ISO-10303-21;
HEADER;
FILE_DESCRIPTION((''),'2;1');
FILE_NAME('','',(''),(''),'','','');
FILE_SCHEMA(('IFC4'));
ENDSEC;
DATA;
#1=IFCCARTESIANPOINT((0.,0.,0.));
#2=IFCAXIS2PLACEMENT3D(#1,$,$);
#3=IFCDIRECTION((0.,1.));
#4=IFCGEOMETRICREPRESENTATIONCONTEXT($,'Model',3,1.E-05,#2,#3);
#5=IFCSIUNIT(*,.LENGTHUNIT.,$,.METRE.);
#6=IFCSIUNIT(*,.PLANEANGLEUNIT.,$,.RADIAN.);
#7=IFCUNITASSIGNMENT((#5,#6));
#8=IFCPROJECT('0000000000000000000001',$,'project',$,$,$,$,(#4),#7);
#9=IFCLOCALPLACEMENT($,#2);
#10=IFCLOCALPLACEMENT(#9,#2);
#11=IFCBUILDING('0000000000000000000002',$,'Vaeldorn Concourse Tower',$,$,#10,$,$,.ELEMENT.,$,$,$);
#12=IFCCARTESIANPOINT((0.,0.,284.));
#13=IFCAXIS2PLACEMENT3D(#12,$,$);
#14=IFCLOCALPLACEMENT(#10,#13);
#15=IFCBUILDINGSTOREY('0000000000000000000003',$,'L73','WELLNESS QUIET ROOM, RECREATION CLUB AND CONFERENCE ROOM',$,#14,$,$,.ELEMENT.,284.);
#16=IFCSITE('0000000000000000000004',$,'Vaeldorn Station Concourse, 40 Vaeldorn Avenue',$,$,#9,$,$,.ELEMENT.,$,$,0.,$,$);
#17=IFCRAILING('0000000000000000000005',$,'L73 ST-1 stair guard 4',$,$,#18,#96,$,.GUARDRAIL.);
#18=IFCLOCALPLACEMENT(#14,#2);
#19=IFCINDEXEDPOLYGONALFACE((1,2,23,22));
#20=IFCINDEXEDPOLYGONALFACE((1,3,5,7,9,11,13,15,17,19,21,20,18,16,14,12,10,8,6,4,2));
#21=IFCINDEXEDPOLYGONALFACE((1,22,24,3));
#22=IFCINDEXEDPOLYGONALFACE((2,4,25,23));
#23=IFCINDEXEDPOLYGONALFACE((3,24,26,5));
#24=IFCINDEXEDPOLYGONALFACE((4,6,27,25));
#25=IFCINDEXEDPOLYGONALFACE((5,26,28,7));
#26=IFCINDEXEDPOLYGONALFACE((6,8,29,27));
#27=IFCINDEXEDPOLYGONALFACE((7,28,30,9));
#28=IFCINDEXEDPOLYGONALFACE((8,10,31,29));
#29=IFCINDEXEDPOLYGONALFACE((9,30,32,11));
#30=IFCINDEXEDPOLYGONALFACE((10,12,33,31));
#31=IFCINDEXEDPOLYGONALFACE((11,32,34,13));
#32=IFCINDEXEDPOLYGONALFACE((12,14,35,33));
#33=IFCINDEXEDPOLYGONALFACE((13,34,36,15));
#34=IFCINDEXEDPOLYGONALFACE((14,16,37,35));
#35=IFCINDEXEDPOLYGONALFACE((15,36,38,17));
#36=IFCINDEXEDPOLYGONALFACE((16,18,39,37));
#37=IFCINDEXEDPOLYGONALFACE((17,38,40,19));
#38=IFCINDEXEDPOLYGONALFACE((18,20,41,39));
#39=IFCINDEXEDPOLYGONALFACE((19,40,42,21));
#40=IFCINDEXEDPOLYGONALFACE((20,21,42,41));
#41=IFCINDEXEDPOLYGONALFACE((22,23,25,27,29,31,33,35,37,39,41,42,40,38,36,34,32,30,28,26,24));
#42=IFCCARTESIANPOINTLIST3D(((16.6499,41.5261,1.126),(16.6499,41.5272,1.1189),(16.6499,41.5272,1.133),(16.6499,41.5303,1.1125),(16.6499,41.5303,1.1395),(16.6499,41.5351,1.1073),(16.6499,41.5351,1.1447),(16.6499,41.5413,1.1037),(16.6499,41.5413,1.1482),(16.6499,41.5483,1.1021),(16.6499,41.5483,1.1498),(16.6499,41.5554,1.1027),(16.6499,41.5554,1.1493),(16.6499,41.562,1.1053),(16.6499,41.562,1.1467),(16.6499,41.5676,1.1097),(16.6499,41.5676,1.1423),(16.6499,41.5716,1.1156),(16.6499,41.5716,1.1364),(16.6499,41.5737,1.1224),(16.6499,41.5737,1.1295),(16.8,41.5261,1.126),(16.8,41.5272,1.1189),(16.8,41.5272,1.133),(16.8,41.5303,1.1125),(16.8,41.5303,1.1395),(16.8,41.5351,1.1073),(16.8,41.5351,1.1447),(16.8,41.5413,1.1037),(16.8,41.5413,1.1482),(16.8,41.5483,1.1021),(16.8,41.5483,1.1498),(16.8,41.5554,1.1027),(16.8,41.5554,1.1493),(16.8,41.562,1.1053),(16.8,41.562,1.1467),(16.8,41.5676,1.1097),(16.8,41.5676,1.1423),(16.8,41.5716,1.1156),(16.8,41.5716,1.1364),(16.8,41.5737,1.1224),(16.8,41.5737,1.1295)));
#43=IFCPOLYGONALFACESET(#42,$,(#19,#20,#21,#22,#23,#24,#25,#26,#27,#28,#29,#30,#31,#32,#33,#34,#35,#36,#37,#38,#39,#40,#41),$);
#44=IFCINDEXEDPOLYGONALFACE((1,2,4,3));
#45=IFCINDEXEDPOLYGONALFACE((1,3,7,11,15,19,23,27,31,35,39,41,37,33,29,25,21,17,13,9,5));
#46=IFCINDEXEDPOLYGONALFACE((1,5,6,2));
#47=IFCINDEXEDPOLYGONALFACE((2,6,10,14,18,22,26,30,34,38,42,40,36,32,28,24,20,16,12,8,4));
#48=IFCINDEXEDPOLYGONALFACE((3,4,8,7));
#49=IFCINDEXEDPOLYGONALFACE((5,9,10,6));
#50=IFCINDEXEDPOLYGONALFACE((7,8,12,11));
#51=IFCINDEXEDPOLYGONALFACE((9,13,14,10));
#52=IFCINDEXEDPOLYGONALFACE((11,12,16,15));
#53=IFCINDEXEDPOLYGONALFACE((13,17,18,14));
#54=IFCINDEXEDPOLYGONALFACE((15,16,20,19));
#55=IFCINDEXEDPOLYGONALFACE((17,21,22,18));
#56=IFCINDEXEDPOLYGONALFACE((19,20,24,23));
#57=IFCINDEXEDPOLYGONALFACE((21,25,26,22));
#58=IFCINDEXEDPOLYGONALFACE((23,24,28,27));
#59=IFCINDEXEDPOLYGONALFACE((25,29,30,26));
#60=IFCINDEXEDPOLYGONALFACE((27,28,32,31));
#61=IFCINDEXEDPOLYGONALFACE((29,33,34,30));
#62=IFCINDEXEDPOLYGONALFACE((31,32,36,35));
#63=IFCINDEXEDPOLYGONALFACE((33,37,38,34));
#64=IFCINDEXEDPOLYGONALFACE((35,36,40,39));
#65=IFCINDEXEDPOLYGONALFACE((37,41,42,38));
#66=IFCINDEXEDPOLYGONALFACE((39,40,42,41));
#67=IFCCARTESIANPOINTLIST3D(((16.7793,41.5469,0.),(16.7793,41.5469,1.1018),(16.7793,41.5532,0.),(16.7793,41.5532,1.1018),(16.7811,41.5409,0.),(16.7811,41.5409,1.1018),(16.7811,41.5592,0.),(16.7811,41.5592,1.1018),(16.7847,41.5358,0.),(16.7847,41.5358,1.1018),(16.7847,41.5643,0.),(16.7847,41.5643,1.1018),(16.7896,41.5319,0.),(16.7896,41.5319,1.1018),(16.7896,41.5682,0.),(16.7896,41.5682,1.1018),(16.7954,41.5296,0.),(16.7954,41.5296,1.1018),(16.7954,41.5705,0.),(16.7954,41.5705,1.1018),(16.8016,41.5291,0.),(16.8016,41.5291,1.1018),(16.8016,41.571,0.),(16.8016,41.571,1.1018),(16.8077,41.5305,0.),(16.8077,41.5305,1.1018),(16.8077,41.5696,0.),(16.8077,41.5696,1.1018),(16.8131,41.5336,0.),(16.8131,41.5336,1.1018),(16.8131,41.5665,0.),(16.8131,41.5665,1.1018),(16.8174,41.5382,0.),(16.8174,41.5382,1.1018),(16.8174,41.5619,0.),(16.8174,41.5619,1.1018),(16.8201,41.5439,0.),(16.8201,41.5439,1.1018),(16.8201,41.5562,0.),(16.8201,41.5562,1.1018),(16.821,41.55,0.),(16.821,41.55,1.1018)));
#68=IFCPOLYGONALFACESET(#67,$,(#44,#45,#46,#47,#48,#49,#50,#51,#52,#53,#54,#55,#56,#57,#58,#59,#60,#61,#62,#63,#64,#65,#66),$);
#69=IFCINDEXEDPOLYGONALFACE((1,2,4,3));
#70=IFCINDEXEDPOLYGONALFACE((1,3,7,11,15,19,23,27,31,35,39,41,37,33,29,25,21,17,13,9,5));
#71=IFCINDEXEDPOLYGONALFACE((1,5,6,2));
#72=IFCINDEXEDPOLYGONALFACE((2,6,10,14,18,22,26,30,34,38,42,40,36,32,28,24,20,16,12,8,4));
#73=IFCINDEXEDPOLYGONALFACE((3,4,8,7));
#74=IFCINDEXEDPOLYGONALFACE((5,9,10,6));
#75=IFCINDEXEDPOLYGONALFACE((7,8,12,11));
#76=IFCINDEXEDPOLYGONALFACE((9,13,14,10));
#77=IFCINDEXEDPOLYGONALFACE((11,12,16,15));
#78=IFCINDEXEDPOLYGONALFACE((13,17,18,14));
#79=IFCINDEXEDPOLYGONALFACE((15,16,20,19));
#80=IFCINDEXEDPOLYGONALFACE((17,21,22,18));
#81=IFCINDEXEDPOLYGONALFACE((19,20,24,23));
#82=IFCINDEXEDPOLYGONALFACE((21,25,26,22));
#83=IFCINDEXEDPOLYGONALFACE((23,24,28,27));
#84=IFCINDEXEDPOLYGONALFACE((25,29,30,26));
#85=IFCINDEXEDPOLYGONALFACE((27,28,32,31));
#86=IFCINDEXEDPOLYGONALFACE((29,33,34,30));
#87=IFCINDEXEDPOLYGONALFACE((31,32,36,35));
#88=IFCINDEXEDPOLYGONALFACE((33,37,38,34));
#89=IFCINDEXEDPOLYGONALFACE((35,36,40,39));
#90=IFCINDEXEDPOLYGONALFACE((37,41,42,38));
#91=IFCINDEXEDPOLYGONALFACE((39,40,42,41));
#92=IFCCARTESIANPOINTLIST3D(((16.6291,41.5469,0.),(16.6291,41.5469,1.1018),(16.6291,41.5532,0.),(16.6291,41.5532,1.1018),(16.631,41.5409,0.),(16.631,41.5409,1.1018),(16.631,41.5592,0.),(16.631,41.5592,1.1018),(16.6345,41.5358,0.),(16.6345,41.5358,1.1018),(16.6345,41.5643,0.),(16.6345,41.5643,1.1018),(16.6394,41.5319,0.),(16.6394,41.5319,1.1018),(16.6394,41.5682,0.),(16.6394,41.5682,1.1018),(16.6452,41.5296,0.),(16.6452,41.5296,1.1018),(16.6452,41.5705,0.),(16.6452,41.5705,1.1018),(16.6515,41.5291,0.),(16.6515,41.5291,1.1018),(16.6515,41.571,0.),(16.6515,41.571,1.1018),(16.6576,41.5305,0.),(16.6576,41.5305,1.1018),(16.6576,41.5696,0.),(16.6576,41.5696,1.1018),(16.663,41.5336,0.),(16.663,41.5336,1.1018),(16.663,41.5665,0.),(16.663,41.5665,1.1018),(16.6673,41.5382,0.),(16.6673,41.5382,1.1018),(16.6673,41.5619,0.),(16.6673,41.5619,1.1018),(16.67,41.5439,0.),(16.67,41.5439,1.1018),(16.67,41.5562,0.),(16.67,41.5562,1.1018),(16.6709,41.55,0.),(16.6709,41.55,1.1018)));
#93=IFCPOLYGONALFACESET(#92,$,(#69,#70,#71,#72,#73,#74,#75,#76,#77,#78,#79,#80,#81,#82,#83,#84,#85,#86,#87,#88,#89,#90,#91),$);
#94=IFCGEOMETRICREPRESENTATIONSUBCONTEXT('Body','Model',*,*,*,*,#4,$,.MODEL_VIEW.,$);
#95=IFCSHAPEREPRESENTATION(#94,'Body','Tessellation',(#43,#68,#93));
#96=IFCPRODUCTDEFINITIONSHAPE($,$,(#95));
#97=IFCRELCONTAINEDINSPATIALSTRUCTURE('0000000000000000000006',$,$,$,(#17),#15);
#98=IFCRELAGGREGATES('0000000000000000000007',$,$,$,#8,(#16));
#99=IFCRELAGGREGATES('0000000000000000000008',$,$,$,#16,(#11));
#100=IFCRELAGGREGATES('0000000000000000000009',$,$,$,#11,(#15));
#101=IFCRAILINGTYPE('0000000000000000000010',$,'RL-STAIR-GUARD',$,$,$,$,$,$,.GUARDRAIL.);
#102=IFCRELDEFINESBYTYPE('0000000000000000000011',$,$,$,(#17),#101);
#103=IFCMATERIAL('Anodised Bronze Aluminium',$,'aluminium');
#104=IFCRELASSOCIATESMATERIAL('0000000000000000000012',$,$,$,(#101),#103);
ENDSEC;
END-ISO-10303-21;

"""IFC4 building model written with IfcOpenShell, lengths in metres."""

from ifc_helpers import new_model, si_unit, direction, frame, origin, origin_2d, place, context, subcontext, project, spatial, circle, extrude, material, type_object, element, save


model = new_model("IFC4")

# Units and contexts
model_context = context("Model", 3, precision=1e-05, world=origin(), true_north=direction((0.0, 1.0)))
body_context = subcontext(model_context, "Body", "Model", "MODEL_VIEW")
ifc_project = project(units=[si_unit("LENGTHUNIT", "METRE"), si_unit("PLANEANGLEUNIT", "RADIAN")], contexts=[model_context])

# Site, building, storey
site_placement = place(None, origin())
site = spatial("IfcSite", under=ifc_project, at=site_placement, Name="Vaeldorn Station Concourse, 40 Vaeldorn Avenue", CompositionType="ELEMENT", RefElevation=0.0)
building_placement = place(site_placement, origin())
building = spatial("IfcBuilding", under=site, at=building_placement, Name="Vaeldorn Concourse Tower", CompositionType="ELEMENT")
storey_placement = place(building_placement, frame((0.0, 0.0, 284.0)))
storey = spatial("IfcBuildingStorey", under=building, at=storey_placement, Name="L73", Description="WELLNESS QUIET ROOM, RECREATION CLUB AND CONFERENCE ROOM", CompositionType="ELEMENT", Elevation=284.0)

# Shared definitions
ifc_material_1 = material(Name="Anodised Bronze Aluminium", Category="aluminium")

# Railing
railing_type_1 = type_object("IfcRailingType", Name="RL-STAIR-GUARD", PredefinedType="GUARDRAIL", material=ifc_material_1)
railing_1_placement = place(storey_placement, frame((16.8, 41.55, 0.0)))
element("IfcRailing", 1, at=railing_1_placement, inside=storey, type_object=railing_type_1, Name="L73 ST-1 stair guard 4", PredefinedType="GUARDRAIL", context=body_context, shape_type="SweptSolid", body=[
    extrude(circle(Radius=0.0239, at=origin_2d()), frame((0.0, 0.0, 1.126), z_axis=(-1.0, 0.0, 0.0), x_axis=(0.0, -1.0, 0.0)), (0.0, 0.0, 1.0), 0.1501),
    extrude(circle(Radius=0.021, at=origin_2d()), origin(), (0.0, 0.0, 1.0), 1.1018),
    extrude(circle(Radius=0.021, at=origin_2d()), frame((-0.1501, 0.0, 0.0)), (0.0, 0.0, 1.0), 1.1018),
])

save(model, "model.ifc")
